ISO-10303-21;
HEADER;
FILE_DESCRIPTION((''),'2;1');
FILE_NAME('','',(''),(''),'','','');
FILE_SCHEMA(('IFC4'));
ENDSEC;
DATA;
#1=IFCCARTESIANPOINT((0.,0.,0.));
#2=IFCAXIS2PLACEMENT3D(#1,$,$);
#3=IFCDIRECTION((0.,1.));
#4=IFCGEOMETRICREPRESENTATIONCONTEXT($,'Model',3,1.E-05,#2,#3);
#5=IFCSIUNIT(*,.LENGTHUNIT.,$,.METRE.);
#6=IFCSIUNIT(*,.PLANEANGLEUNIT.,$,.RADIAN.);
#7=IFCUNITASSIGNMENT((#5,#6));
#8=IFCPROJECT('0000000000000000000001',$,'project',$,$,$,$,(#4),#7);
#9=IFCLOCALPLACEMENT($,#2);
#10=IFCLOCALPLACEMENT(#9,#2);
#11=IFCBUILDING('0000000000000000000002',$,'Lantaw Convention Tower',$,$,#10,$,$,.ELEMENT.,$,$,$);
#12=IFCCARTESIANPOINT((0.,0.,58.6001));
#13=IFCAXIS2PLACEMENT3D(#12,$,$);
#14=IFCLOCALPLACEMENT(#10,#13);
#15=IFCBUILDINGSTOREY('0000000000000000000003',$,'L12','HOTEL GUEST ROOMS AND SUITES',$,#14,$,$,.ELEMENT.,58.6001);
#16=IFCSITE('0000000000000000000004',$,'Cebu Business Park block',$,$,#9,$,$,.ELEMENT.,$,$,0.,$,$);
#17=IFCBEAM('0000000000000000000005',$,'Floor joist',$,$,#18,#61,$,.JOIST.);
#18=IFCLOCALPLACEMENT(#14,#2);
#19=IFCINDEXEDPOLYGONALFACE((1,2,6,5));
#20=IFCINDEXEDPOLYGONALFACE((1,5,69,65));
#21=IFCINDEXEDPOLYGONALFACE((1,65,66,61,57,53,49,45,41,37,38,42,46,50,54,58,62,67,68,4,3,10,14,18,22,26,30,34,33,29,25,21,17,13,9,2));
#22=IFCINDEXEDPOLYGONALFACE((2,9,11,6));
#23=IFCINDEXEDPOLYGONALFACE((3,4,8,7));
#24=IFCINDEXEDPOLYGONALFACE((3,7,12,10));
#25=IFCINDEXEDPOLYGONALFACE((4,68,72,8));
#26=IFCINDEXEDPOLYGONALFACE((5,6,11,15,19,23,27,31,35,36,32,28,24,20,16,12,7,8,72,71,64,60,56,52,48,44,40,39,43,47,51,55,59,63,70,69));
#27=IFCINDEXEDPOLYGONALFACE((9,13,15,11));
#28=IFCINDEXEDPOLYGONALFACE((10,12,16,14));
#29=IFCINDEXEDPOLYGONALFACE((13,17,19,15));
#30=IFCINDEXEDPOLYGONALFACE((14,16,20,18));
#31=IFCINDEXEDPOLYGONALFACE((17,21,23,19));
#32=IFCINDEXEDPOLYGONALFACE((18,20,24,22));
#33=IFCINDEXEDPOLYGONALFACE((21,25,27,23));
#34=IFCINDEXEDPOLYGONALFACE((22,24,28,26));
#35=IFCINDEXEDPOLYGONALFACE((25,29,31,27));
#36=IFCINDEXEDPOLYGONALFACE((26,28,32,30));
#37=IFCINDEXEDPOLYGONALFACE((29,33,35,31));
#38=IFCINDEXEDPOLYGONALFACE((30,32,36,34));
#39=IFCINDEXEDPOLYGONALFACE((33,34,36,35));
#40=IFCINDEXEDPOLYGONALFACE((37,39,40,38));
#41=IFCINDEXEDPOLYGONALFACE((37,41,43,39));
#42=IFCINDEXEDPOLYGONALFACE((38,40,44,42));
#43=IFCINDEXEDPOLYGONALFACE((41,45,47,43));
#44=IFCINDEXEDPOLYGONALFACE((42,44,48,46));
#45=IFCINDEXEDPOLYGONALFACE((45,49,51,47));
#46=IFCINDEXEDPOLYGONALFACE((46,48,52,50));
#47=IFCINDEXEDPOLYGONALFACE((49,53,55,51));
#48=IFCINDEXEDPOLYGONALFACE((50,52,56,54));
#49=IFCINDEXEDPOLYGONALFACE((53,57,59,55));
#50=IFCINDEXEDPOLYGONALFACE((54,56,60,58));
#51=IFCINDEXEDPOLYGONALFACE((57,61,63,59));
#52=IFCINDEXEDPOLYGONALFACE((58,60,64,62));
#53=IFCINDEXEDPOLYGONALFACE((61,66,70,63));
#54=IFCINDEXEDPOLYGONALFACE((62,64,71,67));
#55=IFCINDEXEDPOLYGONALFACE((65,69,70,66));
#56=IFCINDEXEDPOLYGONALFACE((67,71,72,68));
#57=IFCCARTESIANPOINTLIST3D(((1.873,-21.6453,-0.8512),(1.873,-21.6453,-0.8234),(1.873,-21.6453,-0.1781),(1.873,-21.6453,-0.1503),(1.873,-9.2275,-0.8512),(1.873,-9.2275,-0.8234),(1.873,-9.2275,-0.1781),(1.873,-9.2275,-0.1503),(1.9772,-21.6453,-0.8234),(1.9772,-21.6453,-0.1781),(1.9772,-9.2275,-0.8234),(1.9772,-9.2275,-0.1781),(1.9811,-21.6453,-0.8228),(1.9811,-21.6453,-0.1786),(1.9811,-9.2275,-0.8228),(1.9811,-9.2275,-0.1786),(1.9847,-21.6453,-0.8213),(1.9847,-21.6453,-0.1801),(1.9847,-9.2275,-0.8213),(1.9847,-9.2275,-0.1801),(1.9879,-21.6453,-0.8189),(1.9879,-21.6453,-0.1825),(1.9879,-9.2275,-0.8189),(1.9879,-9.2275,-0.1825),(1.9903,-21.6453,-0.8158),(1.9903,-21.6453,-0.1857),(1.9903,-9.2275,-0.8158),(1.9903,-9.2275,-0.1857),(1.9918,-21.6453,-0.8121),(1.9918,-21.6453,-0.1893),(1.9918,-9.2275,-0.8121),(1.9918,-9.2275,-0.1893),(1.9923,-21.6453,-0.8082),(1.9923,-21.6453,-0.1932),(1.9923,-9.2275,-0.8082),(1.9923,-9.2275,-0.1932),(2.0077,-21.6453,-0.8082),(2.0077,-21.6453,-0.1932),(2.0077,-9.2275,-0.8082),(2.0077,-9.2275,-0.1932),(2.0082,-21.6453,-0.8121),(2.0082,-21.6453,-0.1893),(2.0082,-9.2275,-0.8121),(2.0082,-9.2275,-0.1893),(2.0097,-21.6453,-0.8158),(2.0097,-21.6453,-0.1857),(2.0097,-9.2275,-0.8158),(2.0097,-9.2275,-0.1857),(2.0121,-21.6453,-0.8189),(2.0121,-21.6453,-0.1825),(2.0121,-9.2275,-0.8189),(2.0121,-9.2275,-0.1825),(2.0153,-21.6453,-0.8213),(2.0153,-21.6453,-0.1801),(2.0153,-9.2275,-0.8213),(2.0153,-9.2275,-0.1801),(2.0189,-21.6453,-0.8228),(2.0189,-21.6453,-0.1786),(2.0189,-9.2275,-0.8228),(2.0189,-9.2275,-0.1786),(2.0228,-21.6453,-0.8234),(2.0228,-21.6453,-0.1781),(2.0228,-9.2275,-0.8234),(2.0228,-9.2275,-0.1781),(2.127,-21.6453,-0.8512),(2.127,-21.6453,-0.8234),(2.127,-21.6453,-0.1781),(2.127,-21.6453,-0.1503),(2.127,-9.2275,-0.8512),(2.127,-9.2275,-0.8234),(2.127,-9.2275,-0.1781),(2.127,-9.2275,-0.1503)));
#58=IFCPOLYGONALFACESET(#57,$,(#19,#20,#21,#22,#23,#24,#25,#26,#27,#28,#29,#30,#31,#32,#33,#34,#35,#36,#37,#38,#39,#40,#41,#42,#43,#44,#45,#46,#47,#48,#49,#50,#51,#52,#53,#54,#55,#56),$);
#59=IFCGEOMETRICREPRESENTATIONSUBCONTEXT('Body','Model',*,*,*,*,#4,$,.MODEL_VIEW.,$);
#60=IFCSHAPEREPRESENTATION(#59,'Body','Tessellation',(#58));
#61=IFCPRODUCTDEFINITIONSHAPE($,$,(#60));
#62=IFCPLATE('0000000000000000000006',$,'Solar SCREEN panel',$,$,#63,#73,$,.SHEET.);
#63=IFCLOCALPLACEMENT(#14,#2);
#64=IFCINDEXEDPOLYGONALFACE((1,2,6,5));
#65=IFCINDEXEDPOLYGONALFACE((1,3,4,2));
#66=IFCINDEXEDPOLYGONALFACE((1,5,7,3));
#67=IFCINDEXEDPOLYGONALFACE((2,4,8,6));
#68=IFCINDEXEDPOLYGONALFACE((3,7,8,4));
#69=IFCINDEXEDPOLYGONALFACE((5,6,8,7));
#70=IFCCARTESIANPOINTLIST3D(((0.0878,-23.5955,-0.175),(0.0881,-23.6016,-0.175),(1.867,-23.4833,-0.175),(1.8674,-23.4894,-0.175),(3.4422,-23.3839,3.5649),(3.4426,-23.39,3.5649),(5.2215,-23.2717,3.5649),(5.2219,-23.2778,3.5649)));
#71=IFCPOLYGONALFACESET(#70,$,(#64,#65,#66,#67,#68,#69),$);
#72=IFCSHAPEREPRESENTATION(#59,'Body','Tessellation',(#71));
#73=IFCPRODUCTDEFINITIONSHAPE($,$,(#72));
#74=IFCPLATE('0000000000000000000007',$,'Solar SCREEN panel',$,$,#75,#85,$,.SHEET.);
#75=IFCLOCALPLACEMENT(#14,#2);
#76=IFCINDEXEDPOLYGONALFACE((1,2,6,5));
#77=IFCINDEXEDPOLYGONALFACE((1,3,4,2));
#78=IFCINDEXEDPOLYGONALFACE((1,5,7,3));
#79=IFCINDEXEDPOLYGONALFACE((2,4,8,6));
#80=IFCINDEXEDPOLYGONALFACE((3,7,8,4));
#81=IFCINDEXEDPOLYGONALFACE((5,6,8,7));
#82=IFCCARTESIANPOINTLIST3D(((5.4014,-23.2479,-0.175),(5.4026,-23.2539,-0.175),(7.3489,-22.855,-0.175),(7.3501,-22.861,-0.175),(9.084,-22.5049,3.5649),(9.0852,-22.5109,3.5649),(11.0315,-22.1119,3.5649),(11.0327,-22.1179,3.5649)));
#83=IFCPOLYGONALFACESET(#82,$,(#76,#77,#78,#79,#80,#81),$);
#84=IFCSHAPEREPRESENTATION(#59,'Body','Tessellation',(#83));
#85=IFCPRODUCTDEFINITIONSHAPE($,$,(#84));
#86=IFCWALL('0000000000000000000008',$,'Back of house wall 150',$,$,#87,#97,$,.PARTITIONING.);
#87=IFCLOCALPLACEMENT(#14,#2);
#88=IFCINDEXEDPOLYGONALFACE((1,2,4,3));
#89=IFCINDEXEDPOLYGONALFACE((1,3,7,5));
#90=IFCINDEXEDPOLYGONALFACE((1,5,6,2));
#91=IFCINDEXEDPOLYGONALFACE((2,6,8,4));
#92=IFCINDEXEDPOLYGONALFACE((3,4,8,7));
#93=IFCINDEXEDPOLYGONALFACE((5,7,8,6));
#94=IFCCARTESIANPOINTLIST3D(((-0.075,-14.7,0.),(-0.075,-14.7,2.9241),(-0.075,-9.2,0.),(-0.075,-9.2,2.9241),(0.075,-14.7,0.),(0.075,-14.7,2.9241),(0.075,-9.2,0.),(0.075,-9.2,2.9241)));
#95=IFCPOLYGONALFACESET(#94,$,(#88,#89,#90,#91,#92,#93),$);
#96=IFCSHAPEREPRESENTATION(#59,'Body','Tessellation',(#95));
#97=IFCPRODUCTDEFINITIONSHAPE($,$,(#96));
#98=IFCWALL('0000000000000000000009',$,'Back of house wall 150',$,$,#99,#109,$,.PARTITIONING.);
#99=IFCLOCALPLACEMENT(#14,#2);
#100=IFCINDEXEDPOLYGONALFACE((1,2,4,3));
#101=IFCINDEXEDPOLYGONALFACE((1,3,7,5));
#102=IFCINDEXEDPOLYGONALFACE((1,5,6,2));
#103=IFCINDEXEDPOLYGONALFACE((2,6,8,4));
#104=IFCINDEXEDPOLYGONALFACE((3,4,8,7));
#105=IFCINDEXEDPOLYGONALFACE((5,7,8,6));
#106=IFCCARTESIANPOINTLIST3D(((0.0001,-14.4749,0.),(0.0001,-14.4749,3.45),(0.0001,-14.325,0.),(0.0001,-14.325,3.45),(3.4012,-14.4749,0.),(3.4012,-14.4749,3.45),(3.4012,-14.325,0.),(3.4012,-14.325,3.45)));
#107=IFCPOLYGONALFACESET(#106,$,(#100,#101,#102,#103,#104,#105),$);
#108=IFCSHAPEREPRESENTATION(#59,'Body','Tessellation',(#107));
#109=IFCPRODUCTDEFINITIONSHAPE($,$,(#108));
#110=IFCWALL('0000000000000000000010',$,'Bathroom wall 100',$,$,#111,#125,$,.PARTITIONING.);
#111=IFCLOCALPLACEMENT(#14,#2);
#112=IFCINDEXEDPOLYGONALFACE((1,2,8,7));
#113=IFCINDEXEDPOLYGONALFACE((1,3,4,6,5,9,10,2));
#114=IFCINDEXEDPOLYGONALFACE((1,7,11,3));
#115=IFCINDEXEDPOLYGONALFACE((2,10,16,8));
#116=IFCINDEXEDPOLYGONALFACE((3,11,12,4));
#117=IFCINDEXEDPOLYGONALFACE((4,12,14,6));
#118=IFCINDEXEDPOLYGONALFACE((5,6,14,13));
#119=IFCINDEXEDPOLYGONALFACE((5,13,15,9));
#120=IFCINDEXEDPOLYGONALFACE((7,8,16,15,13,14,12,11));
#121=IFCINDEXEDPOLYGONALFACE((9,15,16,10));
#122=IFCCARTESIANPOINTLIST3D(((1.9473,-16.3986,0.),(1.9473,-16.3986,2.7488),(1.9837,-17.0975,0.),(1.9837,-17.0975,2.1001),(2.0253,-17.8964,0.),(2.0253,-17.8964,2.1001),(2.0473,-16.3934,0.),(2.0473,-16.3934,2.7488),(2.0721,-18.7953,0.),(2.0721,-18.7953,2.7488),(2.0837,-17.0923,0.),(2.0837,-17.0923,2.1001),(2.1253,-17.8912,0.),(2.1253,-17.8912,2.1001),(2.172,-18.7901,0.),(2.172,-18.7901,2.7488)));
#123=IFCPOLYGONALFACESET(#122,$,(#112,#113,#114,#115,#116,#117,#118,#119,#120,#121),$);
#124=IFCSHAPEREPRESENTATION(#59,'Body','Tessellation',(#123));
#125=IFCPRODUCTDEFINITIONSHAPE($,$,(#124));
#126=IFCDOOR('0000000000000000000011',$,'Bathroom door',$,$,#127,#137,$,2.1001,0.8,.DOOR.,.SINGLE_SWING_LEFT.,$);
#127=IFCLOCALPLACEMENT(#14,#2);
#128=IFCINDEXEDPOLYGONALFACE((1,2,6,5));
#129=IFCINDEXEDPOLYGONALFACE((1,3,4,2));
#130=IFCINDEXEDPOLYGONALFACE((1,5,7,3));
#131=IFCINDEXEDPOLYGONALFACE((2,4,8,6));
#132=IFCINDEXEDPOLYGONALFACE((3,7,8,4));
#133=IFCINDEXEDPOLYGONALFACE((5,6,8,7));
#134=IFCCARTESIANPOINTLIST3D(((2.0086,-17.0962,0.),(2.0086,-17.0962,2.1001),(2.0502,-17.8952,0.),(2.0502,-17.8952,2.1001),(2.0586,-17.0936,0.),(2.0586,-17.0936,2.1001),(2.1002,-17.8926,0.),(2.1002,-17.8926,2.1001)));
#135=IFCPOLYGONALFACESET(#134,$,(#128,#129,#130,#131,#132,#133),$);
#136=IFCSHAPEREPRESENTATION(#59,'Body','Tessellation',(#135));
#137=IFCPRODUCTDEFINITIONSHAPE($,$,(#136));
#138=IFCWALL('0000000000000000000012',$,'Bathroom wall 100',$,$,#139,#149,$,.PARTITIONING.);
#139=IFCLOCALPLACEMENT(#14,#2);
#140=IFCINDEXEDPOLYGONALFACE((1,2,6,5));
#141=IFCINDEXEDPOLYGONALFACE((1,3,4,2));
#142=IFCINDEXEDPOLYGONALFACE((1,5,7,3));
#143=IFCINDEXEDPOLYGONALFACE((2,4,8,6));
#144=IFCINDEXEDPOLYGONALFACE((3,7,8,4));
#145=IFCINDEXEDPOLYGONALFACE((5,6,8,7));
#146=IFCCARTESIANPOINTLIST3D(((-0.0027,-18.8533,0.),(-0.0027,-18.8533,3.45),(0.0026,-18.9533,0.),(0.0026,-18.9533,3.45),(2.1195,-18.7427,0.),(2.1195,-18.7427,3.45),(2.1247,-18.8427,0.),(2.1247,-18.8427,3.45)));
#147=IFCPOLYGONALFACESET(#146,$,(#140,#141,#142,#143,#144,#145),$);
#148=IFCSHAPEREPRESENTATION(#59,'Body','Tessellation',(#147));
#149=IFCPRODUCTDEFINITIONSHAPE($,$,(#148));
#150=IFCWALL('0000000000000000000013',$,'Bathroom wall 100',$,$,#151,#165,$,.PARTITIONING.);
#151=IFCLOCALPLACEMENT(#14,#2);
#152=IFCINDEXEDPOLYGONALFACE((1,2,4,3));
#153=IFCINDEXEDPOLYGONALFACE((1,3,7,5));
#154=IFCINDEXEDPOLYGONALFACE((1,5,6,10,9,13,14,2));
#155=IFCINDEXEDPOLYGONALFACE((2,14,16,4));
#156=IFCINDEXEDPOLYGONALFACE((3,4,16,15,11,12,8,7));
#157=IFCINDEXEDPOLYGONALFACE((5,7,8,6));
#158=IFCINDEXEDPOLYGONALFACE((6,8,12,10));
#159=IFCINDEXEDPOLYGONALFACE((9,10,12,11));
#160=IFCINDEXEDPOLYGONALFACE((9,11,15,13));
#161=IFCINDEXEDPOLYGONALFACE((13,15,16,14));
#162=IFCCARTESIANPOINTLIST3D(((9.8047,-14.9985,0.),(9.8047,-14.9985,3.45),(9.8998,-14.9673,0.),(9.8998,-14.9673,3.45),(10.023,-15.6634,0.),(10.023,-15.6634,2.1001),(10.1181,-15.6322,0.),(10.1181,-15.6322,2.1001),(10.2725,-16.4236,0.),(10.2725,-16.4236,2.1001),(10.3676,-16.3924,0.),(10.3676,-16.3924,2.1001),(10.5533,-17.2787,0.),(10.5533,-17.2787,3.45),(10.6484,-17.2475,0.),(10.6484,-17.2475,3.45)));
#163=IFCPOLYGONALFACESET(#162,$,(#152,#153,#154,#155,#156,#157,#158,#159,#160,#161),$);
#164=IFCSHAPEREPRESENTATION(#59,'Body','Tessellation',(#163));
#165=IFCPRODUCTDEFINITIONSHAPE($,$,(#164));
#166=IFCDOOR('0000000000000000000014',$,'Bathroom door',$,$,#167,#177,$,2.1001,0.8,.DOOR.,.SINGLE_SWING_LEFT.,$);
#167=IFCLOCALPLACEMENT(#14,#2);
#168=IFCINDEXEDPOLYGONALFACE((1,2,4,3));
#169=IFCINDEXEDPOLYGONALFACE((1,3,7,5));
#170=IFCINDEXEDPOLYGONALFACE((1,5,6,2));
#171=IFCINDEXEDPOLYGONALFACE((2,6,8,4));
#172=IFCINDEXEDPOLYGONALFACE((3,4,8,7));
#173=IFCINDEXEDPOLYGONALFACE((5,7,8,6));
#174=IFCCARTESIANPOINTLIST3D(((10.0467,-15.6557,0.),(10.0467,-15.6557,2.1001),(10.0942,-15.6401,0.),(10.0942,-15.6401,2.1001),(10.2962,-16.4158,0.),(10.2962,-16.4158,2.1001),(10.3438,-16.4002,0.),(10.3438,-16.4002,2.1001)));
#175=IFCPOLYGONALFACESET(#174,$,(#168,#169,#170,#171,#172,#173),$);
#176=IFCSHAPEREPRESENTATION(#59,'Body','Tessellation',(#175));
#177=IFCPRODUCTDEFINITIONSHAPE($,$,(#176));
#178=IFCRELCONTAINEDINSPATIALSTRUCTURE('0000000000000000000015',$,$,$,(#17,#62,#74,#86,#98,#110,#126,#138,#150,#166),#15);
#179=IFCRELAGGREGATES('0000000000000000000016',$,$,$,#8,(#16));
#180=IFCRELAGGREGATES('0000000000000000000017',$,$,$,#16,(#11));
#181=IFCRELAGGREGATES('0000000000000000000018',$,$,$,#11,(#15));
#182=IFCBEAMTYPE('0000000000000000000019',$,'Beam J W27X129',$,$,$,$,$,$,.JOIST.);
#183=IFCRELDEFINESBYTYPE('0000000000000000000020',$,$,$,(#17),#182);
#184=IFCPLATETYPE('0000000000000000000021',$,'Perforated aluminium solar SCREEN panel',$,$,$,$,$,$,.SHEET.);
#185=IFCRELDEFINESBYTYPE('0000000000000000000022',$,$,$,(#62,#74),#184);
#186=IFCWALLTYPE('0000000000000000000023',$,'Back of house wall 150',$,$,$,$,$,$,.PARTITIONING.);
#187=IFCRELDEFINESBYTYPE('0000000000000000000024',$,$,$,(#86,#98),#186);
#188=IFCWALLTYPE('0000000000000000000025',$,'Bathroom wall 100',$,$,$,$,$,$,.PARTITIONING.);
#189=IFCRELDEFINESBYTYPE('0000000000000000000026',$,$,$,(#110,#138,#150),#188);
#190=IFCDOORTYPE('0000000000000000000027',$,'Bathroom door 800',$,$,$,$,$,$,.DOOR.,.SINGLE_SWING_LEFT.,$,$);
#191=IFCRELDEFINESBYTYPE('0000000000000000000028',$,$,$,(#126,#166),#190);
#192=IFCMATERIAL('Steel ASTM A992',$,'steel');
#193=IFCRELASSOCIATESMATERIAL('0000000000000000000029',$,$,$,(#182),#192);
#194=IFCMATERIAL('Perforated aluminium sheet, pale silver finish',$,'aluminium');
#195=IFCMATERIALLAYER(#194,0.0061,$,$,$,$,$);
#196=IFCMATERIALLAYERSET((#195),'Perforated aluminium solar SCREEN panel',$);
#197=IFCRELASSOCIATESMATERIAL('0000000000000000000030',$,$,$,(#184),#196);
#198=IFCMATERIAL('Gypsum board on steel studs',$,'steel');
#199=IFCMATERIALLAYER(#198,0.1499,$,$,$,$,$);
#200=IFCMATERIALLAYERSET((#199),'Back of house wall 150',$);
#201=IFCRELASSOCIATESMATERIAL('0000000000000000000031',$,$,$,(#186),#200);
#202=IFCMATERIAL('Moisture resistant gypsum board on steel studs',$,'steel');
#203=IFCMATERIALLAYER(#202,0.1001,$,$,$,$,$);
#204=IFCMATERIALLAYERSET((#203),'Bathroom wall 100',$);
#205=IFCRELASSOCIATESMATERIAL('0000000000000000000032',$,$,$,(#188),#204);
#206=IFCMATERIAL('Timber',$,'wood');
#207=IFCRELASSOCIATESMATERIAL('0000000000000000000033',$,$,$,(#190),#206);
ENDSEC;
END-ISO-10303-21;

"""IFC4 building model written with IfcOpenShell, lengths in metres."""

from ifc_helpers import new_model, si_unit, direction, frame, frame_2d, origin, origin_2d, place, context, subcontext, project, spatial, polyline, rectangle, i_section, outline, extrude, material, layer, layer_set, material_profile, profile_set, type_object, element, fill, save


model = new_model("IFC4")

# Units and contexts
model_context = context("Model", 3, precision=1e-05, world=origin(), true_north=direction((0.0, 1.0)))
body_context = subcontext(model_context, "Body", "Model", "MODEL_VIEW")
ifc_project = project(units=[si_unit("LENGTHUNIT", "METRE"), si_unit("PLANEANGLEUNIT", "RADIAN")], contexts=[model_context])

# Site, building, storey
site_placement = place(None, origin())
site = spatial("IfcSite", under=ifc_project, at=site_placement, Name="Cebu Business Park block", CompositionType="ELEMENT", RefElevation=0.0)
building_placement = place(site_placement, origin())
building = spatial("IfcBuilding", under=site, at=building_placement, Name="Lantaw Convention Tower", CompositionType="ELEMENT")
storey_placement = place(building_placement, frame((0.0, 0.0, 58.6001)))
storey = spatial("IfcBuildingStorey", under=building, at=storey_placement, Name="L12", Description="HOTEL GUEST ROOMS AND SUITES", CompositionType="ELEMENT", Elevation=58.6001)

# Beam
ifc_material_1 = material(Name="Steel ASTM A992", Category="steel")
ifc_material_profile_1 = material_profile(ifc_material_1, i_section(OverallWidth=0.2539, OverallDepth=0.7009, WebThickness=0.0154, FlangeThickness=0.0278, FilletRadius=0.0151, at=origin_2d()), Name="W27X129")
ifc_profile_set_1 = profile_set([ifc_material_profile_1], Name="Steel ASTM A992")
beam_type_1 = type_object("IfcBeamType", Name="Beam J W27X129", PredefinedType="JOIST", material=ifc_profile_set_1)
beam_1_placement = place(storey_placement, frame((2.0, -21.6453, -0.5007), z_axis=(0.0, 1.0, 0.0), x_axis=(-1.0, 0.0, 0.0)))
element("IfcBeam", 1, at=beam_1_placement, inside=storey, type_object=beam_type_1, Name="Floor joist", PredefinedType="JOIST", context=body_context, shape_type="SweptSolid", body=[
    extrude(i_section(OverallWidth=0.2539, OverallDepth=0.7009, WebThickness=0.0154, FlangeThickness=0.0278, FilletRadius=0.0151, at=origin_2d()), origin(), (0.0, 0.0, 1.0), 12.4177),
])

# Plates
ifc_material_2 = material(Name="Perforated aluminium sheet, pale silver finish", Category="aluminium")
ifc_layer_1 = layer(ifc_material_2, 0.0061)
ifc_layer_set_1 = layer_set([ifc_layer_1], Name="Perforated aluminium solar SCREEN panel")
plate_type = type_object("IfcPlateType", Name="Perforated aluminium solar SCREEN panel", PredefinedType="SHEET", material=ifc_layer_set_1)
plate_1_placement = place(storey_placement, frame((0.0881, -23.6016, -0.175), z_axis=(0.062924, -0.998018, 0.000014), x_axis=(0.998018, 0.062924, 0.0)))
element("IfcPlate", 2, at=plate_1_placement, inside=storey, type_object=plate_type, Name="Solar SCREEN panel", PredefinedType="SHEET", context=body_context, shape_type="SweptSolid", body=[
    extrude(outline(polyline([(0.0, 0.0), (1.7828, 0.0), (5.144, 3.74), (3.3611, 3.74), (0.0, 0.0)])), origin(), (0.0, 0.0, -1.0), 0.0061),
])
plate_2_placement = place(storey_placement, frame((5.4026, -23.2539, -0.175), z_axis=(0.197782, -0.980246, 0.000002), x_axis=(0.980246, 0.197782, 0.0)))
element("IfcPlate", 3, at=plate_2_placement, inside=storey, type_object=plate_type, Name="Solar SCREEN panel", PredefinedType="SHEET", context=body_context, shape_type="SweptSolid", body=[
    extrude(outline(polyline([(0.0, 0.0), (1.9867, 0.0), (5.7436, 3.74), (3.7568, 3.74), (0.0, 0.0)])), origin(), (0.0, 0.0, -1.0), 0.0061),
])

# Walls
ifc_material_3 = material(Name="Gypsum board on steel studs", Category="steel")
ifc_layer_2 = layer(ifc_material_3, 0.1499)
ifc_layer_set_2 = layer_set([ifc_layer_2], Name="Back of house wall 150")
wall_type_1 = type_object("IfcWallType", Name="Back of house wall 150", PredefinedType="PARTITIONING", material=ifc_layer_set_2)
wall_1_placement = place(storey_placement, frame((0.0, -9.2, 0.0), z_axis=(0.0, 0.0, 1.0), x_axis=(0.0, -1.0, 0.0)))
element("IfcWall", 4, at=wall_1_placement, inside=storey, type_object=wall_type_1, Name="Back of house wall 150", PredefinedType="PARTITIONING", context=body_context, shape_type="SweptSolid", body=[
    extrude(rectangle(XDim=5.5, YDim=0.1499, at=frame_2d((2.75, 0.0))), origin(), (0.0, 0.0, 1.0), 2.9241),
])
wall_2_placement = place(storey_placement, frame((0.0, -14.3999, 0.0), z_axis=(0.0, 0.0, 1.0), x_axis=(1.0, 0.0, 0.0)))
element("IfcWall", 5, at=wall_2_placement, inside=storey, type_object=wall_type_1, Name="Back of house wall 150", PredefinedType="PARTITIONING", context=body_context, shape_type="SweptSolid", body=[
    extrude(rectangle(XDim=3.4011, YDim=0.1499, at=frame_2d((1.7007, 0.0))), origin(), (0.0, 0.0, 1.0), 3.45),
])

# Wall, opening, door
ifc_material_4 = material(Name="Moisture resistant gypsum board on steel studs", Category="steel")
ifc_layer_3 = layer(ifc_material_4, 0.1001)
ifc_layer_set_3 = layer_set([ifc_layer_3], Name="Bathroom wall 100")
wall_type_2 = type_object("IfcWallType", Name="Bathroom wall 100", PredefinedType="PARTITIONING", material=ifc_layer_set_3)
wall_3_placement = place(storey_placement, frame((1.9973, -16.396, 0.0), z_axis=(0.0, 0.0, 1.0), x_axis=(0.051982, -0.998648, 0.0)))
wall_3 = element("IfcWall", 6, at=wall_3_placement, inside=storey, type_object=wall_type_2, Name="Bathroom wall 100", PredefinedType="PARTITIONING", context=body_context, shape_type="SweptSolid", body=[
    extrude(rectangle(XDim=2.3999, YDim=0.1001, at=frame_2d((1.2, 0.0))), origin(), (0.0, 0.0, 1.0), 2.7488),
])
opening_1_placement = place(wall_3_placement, frame((0.7, 0.0, 0.0)))
opening_1 = element("IfcOpeningElement", 7, at=opening_1_placement, cuts=wall_3, PredefinedType="OPENING", context=body_context, shape_type="SweptSolid", body=[
    extrude(rectangle(XDim=0.8, YDim=2.1001, at=frame_2d((0.3999, 1.05))), frame((0.0, 0.0601, 0.0), z_axis=(0.0, -1.0, 0.0), x_axis=(1.0, 0.0, 0.0)), (0.0, 0.0, 1.0), 0.1201),
])
ifc_material_5 = material(Name="Timber", Category="wood")
door_type_1 = type_object("IfcDoorType", Name="Bathroom door 800", OperationType="SINGLE_SWING_LEFT", PredefinedType="DOOR", material=ifc_material_5)
door_1_placement = place(opening_1_placement, origin())
door_1 = element("IfcDoor", 8, at=door_1_placement, inside=storey, type_object=door_type_1, Name="Bathroom door", OperationType="SINGLE_SWING_LEFT", OverallHeight=2.1001, OverallWidth=0.8, PredefinedType="DOOR", context=body_context, shape_type="SweptSolid", body=[
    extrude(rectangle(XDim=0.8, YDim=2.1001, at=frame_2d((0.3999, 1.05))), frame((0.0, 0.0249, 0.0), z_axis=(0.0, -1.0, 0.0), x_axis=(1.0, 0.0, 0.0)), (0.0, 0.0, 1.0), 0.05),
])
fill(opening_1, door_1)

# Wall
wall_4_placement = place(storey_placement, frame((2.1221, -18.7927, 0.0), z_axis=(0.0, 0.0, 1.0), x_axis=(-0.998645, -0.052046, 0.0)))
element("IfcWall", 9, at=wall_4_placement, inside=storey, type_object=wall_type_2, Name="Bathroom wall 100", PredefinedType="PARTITIONING", context=body_context, shape_type="SweptSolid", body=[
    extrude(rectangle(XDim=2.125, YDim=0.1001, at=frame_2d((1.0625, 0.0))), origin(), (0.0, 0.0, 1.0), 3.45),
])

# Wall, opening, door
wall_5_placement = place(storey_placement, frame((9.8523, -14.9829, 0.0), z_axis=(0.0, 0.0, 1.0), x_axis=(0.311891, -0.950118, 0.0)))
wall_5 = element("IfcWall", 10, at=wall_5_placement, inside=storey, type_object=wall_type_2, Name="Bathroom wall 100", PredefinedType="PARTITIONING", context=body_context, shape_type="SweptSolid", body=[
    extrude(rectangle(XDim=2.3999, YDim=0.1001, at=frame_2d((1.2, 0.0))), origin(), (0.0, 0.0, 1.0), 3.45),
])
opening_2_placement = place(wall_5_placement, frame((0.7, 0.0, 0.0)))
opening_2 = element("IfcOpeningElement", 11, at=opening_2_placement, cuts=wall_5, PredefinedType="OPENING", context=body_context, shape_type="SweptSolid", body=[
    extrude(rectangle(XDim=0.8, YDim=2.1001, at=frame_2d((0.3999, 1.05))), frame((0.0, 0.0601, 0.0), z_axis=(0.0, -1.0, 0.0), x_axis=(1.0, 0.0, 0.0)), (0.0, 0.0, 1.0), 0.1201),
])
door_2_placement = place(opening_2_placement, origin())
door_2 = element("IfcDoor", 12, at=door_2_placement, inside=storey, type_object=door_type_1, Name="Bathroom door", OperationType="SINGLE_SWING_LEFT", OverallHeight=2.1001, OverallWidth=0.8, PredefinedType="DOOR", context=body_context, shape_type="SweptSolid", body=[
    extrude(rectangle(XDim=0.8, YDim=2.1001, at=frame_2d((0.3999, 1.05))), frame((0.0, 0.0249, 0.0), z_axis=(0.0, -1.0, 0.0), x_axis=(1.0, 0.0, 0.0)), (0.0, 0.0, 1.0), 0.05),
])
fill(opening_2, door_2)

save(model, "model.ifc")
